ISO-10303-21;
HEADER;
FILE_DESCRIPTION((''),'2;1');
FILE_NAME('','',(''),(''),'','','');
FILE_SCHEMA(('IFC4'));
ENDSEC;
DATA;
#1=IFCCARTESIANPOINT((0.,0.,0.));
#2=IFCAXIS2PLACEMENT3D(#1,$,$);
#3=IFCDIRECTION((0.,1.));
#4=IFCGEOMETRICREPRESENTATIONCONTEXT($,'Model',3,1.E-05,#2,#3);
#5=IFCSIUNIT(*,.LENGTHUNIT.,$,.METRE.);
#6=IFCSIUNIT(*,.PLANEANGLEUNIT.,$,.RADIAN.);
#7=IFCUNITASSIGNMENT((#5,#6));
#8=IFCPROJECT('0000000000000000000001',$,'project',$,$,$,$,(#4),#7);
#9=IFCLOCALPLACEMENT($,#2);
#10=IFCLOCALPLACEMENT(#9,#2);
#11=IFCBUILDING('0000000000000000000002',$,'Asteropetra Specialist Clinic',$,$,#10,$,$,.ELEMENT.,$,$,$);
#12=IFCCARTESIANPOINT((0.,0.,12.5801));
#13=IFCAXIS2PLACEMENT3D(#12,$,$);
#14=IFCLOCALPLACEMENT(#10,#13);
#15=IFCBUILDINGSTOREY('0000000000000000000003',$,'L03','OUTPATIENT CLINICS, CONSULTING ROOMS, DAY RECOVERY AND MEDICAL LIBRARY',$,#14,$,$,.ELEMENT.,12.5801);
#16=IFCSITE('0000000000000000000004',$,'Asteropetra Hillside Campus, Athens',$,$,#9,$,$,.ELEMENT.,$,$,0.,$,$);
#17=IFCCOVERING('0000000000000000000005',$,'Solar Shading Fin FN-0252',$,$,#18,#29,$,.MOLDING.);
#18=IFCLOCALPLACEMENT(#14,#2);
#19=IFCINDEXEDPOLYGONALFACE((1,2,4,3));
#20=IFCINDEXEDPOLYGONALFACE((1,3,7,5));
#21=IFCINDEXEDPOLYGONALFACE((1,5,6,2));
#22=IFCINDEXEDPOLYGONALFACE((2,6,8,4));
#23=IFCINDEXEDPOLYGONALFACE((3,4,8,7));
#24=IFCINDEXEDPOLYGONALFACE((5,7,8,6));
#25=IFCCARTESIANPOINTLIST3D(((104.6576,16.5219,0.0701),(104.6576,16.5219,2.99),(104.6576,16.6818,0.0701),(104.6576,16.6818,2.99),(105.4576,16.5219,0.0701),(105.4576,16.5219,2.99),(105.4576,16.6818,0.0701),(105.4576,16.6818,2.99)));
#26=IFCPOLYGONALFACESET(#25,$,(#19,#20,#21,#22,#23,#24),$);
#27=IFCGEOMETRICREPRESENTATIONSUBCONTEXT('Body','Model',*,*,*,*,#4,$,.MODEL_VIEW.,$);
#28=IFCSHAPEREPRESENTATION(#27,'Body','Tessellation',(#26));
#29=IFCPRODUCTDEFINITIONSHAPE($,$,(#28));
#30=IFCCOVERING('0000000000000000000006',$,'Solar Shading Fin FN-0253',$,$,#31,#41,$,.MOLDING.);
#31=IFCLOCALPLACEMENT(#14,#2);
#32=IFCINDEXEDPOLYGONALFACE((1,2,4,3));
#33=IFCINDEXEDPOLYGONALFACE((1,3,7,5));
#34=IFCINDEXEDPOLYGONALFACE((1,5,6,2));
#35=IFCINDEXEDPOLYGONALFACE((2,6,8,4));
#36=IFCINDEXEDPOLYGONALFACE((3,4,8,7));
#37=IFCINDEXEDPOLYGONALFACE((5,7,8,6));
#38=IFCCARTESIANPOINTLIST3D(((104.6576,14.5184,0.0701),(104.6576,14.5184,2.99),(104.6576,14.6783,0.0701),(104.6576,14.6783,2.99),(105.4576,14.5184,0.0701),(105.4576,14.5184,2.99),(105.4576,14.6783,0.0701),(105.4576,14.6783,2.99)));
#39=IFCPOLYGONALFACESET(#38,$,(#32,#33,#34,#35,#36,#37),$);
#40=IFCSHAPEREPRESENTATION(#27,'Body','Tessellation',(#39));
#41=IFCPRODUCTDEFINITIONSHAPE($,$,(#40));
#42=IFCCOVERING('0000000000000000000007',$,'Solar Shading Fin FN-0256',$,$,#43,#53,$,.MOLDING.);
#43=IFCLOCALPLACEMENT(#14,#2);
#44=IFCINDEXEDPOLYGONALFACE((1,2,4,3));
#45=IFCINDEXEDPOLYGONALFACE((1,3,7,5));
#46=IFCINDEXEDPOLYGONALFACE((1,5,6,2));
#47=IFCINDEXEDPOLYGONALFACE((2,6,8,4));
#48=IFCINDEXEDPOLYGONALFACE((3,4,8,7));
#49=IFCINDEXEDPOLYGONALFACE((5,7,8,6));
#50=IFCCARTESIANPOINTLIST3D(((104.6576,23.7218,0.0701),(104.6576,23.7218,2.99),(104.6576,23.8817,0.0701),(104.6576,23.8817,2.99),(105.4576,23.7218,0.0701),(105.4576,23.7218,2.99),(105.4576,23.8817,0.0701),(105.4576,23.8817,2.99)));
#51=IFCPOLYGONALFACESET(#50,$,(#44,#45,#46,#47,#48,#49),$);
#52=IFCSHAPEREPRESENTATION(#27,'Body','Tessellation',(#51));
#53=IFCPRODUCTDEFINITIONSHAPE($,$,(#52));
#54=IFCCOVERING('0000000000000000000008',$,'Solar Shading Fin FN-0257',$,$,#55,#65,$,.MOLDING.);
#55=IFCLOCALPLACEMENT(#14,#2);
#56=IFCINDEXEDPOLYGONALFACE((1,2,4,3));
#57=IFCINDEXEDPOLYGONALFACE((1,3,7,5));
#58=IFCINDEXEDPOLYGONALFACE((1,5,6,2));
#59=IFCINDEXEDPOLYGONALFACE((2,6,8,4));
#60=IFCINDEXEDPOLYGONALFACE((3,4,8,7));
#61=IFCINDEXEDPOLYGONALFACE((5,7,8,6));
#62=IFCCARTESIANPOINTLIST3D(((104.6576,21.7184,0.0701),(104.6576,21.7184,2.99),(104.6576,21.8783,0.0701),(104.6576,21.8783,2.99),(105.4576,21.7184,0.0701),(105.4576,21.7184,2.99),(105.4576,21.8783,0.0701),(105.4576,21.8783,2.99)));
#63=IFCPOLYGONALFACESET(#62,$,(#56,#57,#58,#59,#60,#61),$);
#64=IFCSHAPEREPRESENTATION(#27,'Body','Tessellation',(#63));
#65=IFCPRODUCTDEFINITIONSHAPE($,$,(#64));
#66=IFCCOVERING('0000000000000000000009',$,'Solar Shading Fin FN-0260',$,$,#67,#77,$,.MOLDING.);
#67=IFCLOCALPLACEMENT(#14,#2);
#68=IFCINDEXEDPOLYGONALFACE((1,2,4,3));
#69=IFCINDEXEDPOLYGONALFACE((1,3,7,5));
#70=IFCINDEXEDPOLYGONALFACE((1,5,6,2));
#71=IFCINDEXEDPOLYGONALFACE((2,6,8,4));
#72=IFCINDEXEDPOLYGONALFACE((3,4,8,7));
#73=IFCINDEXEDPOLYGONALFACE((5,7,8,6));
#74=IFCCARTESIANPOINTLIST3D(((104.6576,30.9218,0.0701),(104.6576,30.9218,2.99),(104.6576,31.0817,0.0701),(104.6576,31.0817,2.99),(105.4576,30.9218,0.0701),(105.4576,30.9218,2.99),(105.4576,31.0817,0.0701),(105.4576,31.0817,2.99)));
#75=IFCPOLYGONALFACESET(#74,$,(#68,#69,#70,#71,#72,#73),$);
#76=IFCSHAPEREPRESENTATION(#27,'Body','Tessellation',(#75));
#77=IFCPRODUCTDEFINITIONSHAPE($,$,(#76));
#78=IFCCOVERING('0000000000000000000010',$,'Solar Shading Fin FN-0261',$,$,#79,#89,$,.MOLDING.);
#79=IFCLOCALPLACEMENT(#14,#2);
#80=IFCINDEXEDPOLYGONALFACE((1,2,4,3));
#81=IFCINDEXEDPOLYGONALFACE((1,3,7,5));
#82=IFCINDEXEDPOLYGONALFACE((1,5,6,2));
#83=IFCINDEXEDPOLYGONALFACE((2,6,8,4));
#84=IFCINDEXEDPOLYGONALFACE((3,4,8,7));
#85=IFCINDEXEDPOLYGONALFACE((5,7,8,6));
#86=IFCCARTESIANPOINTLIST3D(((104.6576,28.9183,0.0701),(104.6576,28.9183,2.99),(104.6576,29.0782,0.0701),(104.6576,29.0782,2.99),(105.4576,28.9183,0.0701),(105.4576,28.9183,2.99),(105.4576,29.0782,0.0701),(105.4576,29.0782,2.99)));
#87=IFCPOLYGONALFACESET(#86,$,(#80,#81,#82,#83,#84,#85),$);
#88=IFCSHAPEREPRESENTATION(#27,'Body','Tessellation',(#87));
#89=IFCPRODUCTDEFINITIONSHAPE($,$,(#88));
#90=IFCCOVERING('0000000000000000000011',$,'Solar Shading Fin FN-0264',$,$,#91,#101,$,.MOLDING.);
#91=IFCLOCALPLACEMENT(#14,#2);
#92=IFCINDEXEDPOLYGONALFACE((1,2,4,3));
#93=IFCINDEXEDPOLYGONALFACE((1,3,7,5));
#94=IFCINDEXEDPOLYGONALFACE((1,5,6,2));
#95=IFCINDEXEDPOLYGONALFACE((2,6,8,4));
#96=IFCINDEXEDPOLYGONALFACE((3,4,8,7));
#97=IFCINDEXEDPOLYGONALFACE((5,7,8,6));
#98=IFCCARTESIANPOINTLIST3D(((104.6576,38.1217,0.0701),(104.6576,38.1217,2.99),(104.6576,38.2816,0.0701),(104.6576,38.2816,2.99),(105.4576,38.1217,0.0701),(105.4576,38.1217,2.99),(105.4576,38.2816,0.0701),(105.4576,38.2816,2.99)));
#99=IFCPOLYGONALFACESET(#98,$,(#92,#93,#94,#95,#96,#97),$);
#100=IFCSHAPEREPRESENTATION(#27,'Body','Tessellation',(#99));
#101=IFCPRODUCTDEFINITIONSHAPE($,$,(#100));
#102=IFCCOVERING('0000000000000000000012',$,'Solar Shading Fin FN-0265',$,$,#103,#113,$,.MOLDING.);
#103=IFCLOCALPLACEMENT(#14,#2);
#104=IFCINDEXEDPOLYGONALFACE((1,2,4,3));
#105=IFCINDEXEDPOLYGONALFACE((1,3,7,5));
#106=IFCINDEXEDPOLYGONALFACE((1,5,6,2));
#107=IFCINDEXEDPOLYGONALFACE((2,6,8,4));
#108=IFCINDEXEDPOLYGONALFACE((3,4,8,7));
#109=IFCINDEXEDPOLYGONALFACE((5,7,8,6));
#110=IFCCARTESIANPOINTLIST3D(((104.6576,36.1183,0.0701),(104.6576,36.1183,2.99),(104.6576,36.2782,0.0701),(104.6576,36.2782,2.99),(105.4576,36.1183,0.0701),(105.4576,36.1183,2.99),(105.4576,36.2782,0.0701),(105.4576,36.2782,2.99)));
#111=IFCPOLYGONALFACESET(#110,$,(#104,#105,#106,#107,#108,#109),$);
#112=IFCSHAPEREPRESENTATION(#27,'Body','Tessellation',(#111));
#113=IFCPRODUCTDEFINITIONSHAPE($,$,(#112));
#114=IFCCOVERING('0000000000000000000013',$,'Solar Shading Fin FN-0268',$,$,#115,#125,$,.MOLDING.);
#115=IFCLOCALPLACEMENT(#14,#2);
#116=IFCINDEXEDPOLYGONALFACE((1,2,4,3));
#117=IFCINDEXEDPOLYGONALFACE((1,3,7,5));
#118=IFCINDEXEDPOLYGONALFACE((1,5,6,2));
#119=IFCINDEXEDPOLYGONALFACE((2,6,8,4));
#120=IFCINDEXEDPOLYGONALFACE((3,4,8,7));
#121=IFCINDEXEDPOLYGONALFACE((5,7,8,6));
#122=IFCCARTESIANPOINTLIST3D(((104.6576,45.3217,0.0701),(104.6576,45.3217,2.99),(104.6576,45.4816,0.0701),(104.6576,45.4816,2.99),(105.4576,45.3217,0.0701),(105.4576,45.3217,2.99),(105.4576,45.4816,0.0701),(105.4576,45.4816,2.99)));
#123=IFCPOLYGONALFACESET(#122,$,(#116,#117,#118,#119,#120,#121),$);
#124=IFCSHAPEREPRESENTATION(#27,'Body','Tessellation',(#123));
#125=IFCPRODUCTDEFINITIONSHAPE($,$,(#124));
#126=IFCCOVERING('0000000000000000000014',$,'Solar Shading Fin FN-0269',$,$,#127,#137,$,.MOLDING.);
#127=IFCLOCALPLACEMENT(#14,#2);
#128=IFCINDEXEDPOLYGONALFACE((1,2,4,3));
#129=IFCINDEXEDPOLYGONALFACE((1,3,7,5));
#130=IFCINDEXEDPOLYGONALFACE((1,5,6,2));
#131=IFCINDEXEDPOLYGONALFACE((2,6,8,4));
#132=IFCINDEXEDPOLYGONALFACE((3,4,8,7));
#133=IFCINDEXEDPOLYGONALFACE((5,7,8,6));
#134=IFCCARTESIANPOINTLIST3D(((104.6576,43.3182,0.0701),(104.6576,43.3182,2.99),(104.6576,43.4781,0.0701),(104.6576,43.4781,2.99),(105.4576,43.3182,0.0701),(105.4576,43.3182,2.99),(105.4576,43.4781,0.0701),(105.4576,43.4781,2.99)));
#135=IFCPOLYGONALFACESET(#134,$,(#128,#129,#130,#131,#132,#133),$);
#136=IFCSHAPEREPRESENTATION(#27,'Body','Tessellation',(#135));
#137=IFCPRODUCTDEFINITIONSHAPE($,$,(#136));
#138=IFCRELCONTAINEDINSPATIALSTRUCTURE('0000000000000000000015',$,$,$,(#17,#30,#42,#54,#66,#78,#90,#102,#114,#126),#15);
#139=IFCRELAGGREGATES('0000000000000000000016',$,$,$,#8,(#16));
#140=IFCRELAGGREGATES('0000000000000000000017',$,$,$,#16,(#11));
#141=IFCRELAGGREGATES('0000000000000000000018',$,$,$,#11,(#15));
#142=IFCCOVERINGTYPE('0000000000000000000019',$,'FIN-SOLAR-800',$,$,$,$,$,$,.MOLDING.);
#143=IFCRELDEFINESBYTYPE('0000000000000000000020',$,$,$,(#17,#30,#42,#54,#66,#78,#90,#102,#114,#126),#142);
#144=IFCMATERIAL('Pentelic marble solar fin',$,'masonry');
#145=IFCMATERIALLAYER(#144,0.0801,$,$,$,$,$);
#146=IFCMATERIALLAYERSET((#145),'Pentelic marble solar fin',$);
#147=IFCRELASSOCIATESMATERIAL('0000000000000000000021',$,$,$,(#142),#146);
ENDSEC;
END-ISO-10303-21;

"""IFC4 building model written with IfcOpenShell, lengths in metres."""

from ifc_helpers import new_model, si_unit, direction, frame, origin, origin_2d, place, context, subcontext, project, spatial, rectangle, extrude, material, layer, layer_set, type_object, element, save


model = new_model("IFC4")

# Units and contexts
model_context = context("Model", 3, precision=1e-05, world=origin(), true_north=direction((0.0, 1.0)))
body_context = subcontext(model_context, "Body", "Model", "MODEL_VIEW")
ifc_project = project(units=[si_unit("LENGTHUNIT", "METRE"), si_unit("PLANEANGLEUNIT", "RADIAN")], contexts=[model_context])

# Site, building, storey
site_placement = place(None, origin())
site = spatial("IfcSite", under=ifc_project, at=site_placement, Name="Asteropetra Hillside Campus, Athens", CompositionType="ELEMENT", RefElevation=0.0)
building_placement = place(site_placement, origin())
building = spatial("IfcBuilding", under=site, at=building_placement, Name="Asteropetra Specialist Clinic", CompositionType="ELEMENT")
storey_placement = place(building_placement, frame((0.0, 0.0, 12.5801)))
storey = spatial("IfcBuildingStorey", under=building, at=storey_placement, Name="L03", Description="OUTPATIENT CLINICS, CONSULTING ROOMS, DAY RECOVERY AND MEDICAL LIBRARY", CompositionType="ELEMENT", Elevation=12.5801)

# Coverings
ifc_material_1 = material(Name="Pentelic marble solar fin", Category="masonry")
ifc_layer_1 = layer(ifc_material_1, 0.0801)
ifc_layer_set_1 = layer_set([ifc_layer_1], Name="Pentelic marble solar fin")
covering_type_1 = type_object("IfcCoveringType", Name="FIN-SOLAR-800", PredefinedType="MOLDING", material=ifc_layer_set_1)
for number, where, z_axis, x_axis, name in (
    (1, (105.0576, 16.6018, 0.0701), (0.0, 0.0, 1.0), (1.0, 0.0, 0.0), "Solar Shading Fin FN-0252"),
    (2, (105.0576, 14.5984, 0.0701), (0.0, 0.0, 1.0), (1.0, 0.0, 0.0), "Solar Shading Fin FN-0253"),
    (3, (105.0576, 23.8018, 0.0701), (0.0, 0.0, 1.0), (1.0, 0.0, 0.0), "Solar Shading Fin FN-0256"),
    (4, (105.0576, 21.7983, 0.0701), (0.0, 0.0, 1.0), (1.0, 0.0, 0.0), "Solar Shading Fin FN-0257"),
    (5, (105.0576, 31.0017, 0.0701), (0.0, 0.0, 1.0), (1.0, 0.0, 0.0), "Solar Shading Fin FN-0260"),
    (6, (105.0576, 28.9983, 0.0701), (0.0, 0.0, 1.0), (1.0, 0.0, 0.0), "Solar Shading Fin FN-0261"),
    (7, (105.0576, 38.2017, 0.0701), (0.0, 0.0, 1.0), (1.0, 0.0, 0.0), "Solar Shading Fin FN-0264"),
    (8, (105.0576, 36.1982, 0.0701), (0.0, 0.0, 1.0), (1.0, 0.0, 0.0), "Solar Shading Fin FN-0265"),
    (9, (105.0576, 45.4016, 0.0701), (0.0, 0.0, 1.0), (1.0, 0.0, 0.0), "Solar Shading Fin FN-0268"),
    (10, (105.0576, 43.3982, 0.0701), (0.0, 0.0, 1.0), (1.0, 0.0, 0.0), "Solar Shading Fin FN-0269"),
):
    element("IfcCovering", number, at=place(storey_placement, frame(where, z_axis=z_axis, x_axis=x_axis)), inside=storey, type_object=covering_type_1, Name=name, PredefinedType="MOLDING", context=body_context, shape_type="SweptSolid", body=[
        extrude(rectangle(XDim=0.8, YDim=0.1599, at=origin_2d()), origin(), (0.0, 0.0, 1.0), 2.9199),
    ])

save(model, "model.ifc")
